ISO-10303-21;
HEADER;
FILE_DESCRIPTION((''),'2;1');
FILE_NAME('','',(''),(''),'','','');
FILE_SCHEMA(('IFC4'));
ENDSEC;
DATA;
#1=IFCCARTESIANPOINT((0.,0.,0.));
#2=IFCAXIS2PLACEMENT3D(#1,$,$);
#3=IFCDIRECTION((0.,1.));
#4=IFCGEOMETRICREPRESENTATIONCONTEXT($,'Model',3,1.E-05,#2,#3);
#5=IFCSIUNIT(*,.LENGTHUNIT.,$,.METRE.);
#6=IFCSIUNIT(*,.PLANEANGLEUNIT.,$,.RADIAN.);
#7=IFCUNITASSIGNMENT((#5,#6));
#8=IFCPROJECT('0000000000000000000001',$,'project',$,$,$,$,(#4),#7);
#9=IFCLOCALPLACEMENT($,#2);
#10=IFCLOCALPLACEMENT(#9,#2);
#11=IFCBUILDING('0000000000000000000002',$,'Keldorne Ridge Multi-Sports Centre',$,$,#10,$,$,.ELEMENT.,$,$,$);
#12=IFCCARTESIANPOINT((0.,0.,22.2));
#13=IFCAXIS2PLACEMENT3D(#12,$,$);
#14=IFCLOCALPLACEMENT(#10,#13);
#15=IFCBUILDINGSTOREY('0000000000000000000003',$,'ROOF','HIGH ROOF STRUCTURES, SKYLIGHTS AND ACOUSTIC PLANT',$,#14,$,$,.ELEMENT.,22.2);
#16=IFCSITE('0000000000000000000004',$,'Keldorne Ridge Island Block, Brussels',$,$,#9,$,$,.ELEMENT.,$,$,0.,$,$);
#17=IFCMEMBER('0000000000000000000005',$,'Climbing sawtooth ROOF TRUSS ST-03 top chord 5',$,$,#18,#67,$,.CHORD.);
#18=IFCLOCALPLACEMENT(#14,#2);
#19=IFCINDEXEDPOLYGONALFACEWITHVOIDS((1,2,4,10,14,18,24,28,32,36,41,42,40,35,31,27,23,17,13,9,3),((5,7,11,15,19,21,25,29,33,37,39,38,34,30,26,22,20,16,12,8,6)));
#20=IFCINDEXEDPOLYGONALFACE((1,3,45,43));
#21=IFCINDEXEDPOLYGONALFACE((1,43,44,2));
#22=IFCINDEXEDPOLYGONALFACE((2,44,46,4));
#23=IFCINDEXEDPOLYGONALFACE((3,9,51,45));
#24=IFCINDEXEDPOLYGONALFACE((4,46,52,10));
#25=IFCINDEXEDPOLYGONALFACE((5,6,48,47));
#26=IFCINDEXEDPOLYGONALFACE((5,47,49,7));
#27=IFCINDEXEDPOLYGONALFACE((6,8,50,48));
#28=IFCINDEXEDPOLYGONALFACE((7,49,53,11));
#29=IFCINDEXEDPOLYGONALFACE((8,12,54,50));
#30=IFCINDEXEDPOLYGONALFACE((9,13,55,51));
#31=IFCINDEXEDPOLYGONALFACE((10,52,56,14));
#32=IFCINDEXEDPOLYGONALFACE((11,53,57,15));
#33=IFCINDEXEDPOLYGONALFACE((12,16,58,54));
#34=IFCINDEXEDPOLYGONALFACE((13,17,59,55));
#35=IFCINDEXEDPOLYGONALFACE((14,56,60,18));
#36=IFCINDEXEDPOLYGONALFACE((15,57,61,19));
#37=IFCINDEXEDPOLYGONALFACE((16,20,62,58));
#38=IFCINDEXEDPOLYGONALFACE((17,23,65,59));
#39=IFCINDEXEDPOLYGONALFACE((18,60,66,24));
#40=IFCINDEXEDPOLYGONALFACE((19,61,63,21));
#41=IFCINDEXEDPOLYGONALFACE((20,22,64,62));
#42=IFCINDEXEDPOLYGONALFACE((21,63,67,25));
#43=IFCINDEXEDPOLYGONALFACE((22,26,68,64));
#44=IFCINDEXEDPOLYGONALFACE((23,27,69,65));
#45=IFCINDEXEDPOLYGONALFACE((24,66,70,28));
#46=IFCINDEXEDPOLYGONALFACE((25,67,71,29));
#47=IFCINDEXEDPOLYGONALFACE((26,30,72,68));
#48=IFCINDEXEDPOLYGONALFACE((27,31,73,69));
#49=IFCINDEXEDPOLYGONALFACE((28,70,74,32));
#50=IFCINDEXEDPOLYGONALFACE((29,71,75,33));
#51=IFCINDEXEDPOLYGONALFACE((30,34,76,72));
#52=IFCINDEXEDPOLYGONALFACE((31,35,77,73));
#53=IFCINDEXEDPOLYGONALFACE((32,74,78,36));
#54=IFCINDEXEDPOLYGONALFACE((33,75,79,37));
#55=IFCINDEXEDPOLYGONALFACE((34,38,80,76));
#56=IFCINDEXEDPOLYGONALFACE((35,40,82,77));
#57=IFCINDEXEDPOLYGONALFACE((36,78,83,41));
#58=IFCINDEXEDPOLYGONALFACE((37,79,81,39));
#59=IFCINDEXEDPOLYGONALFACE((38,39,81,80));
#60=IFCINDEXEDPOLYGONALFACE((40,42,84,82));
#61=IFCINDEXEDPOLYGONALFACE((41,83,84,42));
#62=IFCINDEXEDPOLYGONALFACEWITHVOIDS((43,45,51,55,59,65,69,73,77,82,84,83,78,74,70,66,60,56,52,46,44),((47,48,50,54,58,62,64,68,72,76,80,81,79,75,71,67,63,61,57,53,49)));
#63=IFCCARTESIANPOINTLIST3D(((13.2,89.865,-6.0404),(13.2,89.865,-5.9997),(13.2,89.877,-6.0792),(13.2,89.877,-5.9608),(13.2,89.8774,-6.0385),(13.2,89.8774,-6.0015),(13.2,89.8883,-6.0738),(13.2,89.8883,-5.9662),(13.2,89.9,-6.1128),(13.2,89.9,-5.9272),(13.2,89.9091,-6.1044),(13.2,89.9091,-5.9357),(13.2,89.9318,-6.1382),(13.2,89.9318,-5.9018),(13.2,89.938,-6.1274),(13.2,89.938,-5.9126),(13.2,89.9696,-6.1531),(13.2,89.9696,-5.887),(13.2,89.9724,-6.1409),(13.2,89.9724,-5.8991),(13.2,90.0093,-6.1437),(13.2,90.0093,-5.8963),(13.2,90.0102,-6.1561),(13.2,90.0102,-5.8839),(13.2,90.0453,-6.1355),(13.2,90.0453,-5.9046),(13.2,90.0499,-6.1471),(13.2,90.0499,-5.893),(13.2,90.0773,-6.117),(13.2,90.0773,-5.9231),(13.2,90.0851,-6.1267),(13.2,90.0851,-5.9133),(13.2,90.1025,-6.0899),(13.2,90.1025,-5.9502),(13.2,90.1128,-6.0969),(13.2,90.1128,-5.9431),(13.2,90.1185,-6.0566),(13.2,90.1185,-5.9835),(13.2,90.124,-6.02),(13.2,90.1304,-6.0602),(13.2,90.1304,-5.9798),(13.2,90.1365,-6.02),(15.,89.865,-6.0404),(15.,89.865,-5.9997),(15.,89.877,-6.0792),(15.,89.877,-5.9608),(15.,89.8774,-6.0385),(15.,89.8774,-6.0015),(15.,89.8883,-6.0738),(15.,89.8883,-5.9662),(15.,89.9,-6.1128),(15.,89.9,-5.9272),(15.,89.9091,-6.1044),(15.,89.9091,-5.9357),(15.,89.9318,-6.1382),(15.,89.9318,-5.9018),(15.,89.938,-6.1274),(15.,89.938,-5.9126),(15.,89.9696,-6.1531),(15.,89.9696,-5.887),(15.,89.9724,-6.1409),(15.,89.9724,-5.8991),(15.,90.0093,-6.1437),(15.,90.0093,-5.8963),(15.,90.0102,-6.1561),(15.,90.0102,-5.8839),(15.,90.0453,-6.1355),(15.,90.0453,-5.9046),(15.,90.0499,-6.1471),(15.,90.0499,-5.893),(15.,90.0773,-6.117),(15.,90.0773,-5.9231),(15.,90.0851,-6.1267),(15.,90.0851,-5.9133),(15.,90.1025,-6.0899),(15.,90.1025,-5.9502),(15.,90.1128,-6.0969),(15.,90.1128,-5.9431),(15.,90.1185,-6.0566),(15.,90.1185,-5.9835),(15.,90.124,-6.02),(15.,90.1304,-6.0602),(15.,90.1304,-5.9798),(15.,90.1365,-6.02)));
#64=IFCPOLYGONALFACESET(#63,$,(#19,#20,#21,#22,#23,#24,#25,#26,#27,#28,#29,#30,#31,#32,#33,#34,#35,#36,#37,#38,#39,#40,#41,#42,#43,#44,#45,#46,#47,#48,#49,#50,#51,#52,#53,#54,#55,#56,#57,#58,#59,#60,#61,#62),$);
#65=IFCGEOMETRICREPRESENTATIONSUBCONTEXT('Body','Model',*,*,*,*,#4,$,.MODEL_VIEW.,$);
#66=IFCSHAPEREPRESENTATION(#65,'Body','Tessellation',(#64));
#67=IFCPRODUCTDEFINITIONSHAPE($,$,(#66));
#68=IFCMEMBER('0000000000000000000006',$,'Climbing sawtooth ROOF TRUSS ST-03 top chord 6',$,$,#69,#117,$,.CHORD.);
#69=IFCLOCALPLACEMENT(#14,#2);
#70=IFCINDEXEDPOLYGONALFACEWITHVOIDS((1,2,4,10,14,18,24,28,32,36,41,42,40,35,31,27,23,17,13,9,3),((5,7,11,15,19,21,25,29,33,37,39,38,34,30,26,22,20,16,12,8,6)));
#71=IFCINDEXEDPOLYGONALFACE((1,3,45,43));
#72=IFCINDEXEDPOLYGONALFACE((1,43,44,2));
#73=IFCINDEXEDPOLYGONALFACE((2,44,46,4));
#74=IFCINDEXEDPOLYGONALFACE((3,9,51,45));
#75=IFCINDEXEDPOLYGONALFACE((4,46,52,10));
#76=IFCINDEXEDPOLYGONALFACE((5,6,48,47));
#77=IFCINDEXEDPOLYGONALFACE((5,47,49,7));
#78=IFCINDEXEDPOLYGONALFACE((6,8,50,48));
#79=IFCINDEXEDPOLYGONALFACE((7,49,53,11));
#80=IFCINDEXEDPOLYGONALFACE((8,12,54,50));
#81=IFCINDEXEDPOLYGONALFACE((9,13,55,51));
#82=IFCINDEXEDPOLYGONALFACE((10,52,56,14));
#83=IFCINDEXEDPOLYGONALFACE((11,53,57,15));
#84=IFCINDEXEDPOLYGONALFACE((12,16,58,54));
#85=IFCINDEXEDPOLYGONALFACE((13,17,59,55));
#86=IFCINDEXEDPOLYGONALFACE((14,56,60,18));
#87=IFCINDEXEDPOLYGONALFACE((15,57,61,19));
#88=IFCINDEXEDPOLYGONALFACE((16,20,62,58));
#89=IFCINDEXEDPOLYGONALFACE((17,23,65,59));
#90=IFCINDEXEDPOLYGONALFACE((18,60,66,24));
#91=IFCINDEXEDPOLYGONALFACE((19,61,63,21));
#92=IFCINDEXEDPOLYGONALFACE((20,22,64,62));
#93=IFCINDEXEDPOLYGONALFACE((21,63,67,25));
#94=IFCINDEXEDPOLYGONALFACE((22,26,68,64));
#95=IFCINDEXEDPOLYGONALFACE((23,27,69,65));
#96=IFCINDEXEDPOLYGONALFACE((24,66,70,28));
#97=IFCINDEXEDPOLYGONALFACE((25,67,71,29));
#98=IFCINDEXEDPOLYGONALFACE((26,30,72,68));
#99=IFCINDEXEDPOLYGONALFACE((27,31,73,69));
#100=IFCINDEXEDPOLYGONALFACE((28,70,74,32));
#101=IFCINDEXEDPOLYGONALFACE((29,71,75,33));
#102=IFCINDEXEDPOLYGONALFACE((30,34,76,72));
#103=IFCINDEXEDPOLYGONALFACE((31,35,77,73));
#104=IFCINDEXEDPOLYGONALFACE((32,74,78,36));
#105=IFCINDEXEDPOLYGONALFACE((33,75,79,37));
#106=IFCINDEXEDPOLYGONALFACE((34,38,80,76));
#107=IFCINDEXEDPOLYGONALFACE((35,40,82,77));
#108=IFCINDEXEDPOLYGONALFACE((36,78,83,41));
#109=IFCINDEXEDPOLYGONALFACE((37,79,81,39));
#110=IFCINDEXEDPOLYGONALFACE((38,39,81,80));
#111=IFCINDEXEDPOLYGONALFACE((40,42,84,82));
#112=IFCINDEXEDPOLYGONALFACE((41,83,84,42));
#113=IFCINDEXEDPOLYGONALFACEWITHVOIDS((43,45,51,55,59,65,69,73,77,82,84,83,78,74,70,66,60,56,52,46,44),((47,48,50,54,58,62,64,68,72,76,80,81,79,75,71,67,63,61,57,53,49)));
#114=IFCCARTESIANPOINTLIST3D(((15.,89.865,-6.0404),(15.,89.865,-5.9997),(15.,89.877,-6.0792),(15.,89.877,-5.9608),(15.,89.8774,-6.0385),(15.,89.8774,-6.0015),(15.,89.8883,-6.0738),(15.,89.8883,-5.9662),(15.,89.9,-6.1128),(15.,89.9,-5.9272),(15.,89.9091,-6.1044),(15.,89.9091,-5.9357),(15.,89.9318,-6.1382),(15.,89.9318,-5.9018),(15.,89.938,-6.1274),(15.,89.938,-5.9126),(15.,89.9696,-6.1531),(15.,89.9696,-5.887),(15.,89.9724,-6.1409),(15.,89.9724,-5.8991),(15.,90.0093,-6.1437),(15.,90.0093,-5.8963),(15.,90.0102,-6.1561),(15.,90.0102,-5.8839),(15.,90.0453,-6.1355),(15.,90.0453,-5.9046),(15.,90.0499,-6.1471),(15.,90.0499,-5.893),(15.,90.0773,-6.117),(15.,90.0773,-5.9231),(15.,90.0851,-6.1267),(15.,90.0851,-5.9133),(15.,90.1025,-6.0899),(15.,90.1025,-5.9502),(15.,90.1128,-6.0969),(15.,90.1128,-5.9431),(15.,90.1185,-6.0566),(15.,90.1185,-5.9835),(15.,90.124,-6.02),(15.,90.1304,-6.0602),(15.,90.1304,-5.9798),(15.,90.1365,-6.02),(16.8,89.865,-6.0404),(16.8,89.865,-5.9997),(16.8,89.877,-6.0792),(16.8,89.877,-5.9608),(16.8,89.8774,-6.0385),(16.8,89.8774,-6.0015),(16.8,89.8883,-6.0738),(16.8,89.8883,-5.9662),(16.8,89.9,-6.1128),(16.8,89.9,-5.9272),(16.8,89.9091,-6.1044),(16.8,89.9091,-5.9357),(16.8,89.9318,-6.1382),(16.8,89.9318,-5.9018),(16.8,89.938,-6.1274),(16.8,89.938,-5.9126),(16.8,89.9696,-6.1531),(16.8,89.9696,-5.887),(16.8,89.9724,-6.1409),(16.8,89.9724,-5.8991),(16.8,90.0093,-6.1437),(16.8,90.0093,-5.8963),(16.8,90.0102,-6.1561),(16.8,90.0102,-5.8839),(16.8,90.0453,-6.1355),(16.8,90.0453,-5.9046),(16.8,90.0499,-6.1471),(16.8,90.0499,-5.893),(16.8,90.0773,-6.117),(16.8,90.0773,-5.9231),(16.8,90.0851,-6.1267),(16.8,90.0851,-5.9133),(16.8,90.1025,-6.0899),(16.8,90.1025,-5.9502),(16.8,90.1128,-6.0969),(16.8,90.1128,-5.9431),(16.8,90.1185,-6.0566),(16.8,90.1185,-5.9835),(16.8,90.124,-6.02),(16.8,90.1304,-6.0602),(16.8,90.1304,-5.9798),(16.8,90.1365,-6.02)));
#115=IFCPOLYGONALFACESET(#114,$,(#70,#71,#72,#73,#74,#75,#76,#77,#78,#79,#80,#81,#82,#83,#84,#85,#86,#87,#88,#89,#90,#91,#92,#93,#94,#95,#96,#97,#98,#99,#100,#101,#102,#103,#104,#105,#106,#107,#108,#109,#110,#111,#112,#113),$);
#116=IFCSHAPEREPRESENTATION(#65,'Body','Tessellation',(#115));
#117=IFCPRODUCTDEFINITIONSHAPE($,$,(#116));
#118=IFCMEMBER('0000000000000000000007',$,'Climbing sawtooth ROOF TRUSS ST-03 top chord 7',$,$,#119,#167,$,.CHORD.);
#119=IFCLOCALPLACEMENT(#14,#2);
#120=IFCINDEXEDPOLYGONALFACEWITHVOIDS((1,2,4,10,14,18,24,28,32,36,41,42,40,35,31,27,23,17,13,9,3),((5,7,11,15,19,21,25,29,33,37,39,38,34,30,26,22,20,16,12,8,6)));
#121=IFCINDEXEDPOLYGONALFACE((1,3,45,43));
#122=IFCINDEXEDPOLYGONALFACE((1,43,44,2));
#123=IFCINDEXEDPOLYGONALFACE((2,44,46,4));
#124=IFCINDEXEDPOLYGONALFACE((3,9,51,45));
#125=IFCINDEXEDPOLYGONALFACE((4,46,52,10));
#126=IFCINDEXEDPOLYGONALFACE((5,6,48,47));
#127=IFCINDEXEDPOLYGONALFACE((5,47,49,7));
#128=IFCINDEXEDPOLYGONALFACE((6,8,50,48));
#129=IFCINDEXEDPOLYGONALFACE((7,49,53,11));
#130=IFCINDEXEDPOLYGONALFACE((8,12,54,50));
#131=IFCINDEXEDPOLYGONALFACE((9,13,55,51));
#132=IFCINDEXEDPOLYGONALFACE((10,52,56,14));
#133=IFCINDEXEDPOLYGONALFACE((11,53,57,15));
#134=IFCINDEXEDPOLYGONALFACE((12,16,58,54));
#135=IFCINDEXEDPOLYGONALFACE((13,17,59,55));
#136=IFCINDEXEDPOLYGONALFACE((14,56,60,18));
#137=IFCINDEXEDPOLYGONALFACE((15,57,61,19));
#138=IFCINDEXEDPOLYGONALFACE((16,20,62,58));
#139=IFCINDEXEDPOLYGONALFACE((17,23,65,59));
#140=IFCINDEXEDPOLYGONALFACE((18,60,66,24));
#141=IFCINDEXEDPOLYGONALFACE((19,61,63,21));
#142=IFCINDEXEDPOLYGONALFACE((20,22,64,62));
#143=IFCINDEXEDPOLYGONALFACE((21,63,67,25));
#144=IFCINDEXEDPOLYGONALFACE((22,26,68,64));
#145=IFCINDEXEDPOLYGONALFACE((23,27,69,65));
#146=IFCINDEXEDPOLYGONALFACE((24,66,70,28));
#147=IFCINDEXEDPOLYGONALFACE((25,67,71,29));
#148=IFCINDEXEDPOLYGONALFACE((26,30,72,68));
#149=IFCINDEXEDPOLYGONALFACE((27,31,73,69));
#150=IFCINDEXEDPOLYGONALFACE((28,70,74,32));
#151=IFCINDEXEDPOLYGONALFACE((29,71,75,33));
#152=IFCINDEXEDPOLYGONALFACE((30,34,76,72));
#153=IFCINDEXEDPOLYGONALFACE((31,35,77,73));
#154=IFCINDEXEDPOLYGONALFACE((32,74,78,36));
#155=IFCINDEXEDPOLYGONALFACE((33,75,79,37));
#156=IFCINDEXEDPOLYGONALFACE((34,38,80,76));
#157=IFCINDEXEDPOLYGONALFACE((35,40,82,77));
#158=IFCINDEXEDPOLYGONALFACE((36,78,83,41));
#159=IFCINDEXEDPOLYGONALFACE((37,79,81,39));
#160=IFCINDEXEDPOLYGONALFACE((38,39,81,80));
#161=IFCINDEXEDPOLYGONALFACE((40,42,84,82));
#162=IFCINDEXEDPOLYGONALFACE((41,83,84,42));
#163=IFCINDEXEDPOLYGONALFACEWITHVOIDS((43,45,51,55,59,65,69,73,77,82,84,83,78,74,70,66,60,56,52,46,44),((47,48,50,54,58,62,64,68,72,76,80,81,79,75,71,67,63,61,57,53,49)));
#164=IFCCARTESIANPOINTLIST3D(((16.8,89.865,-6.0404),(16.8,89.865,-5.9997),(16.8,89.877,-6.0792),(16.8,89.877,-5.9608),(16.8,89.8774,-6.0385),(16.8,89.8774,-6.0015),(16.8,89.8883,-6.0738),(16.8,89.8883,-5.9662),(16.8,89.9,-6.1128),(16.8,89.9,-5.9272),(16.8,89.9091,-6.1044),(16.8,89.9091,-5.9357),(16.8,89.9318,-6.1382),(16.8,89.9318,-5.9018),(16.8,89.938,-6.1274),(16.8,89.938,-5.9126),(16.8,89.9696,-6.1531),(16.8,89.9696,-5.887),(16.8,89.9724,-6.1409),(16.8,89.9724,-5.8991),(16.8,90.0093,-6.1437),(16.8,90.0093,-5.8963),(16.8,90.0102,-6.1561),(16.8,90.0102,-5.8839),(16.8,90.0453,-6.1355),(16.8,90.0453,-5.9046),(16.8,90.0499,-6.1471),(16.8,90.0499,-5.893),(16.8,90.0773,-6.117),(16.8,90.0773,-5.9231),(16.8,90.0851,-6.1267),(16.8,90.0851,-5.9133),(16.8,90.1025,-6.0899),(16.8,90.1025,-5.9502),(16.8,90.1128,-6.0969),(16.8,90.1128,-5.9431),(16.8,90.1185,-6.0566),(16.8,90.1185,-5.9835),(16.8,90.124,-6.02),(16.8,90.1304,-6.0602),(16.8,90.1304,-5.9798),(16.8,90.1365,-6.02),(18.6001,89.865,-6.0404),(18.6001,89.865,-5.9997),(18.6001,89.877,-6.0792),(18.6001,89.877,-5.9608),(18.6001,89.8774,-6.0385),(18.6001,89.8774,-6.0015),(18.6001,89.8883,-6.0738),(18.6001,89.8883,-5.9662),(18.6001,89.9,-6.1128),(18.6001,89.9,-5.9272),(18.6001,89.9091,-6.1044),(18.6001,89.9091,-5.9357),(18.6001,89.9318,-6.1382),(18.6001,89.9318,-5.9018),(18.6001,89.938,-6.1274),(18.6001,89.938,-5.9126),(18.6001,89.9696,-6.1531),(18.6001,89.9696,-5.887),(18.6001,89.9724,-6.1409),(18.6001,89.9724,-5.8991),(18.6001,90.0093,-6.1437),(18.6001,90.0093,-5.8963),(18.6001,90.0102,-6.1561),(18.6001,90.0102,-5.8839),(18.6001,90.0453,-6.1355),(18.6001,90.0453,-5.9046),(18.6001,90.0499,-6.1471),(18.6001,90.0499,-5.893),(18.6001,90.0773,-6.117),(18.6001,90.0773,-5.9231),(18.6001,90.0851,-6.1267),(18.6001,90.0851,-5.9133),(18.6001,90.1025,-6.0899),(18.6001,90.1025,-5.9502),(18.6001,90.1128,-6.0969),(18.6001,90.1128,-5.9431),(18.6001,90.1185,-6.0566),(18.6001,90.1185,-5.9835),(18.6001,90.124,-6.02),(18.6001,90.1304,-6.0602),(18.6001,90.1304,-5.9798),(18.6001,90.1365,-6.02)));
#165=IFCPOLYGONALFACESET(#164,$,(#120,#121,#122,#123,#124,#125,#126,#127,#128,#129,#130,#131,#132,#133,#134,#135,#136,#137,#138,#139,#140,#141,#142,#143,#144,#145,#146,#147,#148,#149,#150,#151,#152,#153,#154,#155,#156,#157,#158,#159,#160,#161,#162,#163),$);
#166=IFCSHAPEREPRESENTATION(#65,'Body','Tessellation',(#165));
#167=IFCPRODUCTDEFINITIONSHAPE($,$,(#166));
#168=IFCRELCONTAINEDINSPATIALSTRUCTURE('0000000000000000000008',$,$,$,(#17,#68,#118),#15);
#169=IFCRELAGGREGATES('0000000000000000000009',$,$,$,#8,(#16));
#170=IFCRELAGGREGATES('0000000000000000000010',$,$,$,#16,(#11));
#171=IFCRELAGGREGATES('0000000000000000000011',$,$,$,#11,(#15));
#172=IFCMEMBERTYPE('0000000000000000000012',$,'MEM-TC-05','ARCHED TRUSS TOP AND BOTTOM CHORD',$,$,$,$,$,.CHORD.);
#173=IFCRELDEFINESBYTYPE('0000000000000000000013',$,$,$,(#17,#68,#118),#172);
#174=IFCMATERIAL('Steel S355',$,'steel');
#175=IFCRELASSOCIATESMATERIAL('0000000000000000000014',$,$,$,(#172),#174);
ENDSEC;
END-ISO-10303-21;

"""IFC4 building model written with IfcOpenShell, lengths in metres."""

from ifc_helpers import new_model, si_unit, direction, frame, origin, origin_2d, place, context, subcontext, project, spatial, hollow_circle, extrude, material, material_profile, profile_set, type_object, element, save


model = new_model("IFC4")

# Units and contexts
model_context = context("Model", 3, precision=1e-05, world=origin(), true_north=direction((0.0, 1.0)))
body_context = subcontext(model_context, "Body", "Model", "MODEL_VIEW")
ifc_project = project(units=[si_unit("LENGTHUNIT", "METRE"), si_unit("PLANEANGLEUNIT", "RADIAN")], contexts=[model_context])

# Site, building, storey
site_placement = place(None, origin())
site = spatial("IfcSite", under=ifc_project, at=site_placement, Name="Keldorne Ridge Island Block, Brussels", CompositionType="ELEMENT", RefElevation=0.0)
building_placement = place(site_placement, origin())
building = spatial("IfcBuilding", under=site, at=building_placement, Name="Keldorne Ridge Multi-Sports Centre", CompositionType="ELEMENT")
storey_placement = place(building_placement, frame((0.0, 0.0, 22.2)))
storey = spatial("IfcBuildingStorey", under=building, at=storey_placement, Name="ROOF", Description="HIGH ROOF STRUCTURES, SKYLIGHTS AND ACOUSTIC PLANT", CompositionType="ELEMENT", Elevation=22.2)

# Shared definitions
ifc_material_1 = material(Name="Steel S355", Category="steel")

# Members
ifc_material_profile_1 = material_profile(ifc_material_1, hollow_circle(Radius=0.1365, WallThickness=0.0125, at=origin_2d()), Name="CHS 273x12.5")
ifc_profile_set_1 = profile_set([ifc_material_profile_1], Name="Steel S355")
member_type_1 = type_object("IfcMemberType", Name="MEM-TC-05", Description="ARCHED TRUSS TOP AND BOTTOM CHORD", PredefinedType="CHORD", material=ifc_profile_set_1)
for number, where, z_axis, x_axis, name in (
    (1, (13.2, 90.0, -6.02), (1.0, 0.0, 0.0), (0.0, 1.0, 0.0), "Climbing sawtooth ROOF TRUSS ST-03 top chord 5"),
    (2, (15.0, 90.0, -6.02), (1.0, 0.0, 0.0), (0.0, 1.0, 0.0), "Climbing sawtooth ROOF TRUSS ST-03 top chord 6"),
    (3, (16.8, 90.0, -6.02), (1.0, 0.0, 0.0), (0.0, 1.0, 0.0), "Climbing sawtooth ROOF TRUSS ST-03 top chord 7"),
):
    element("IfcMember", number, at=place(storey_placement, frame(where, z_axis=z_axis, x_axis=x_axis)), inside=storey, type_object=member_type_1, Name=name, PredefinedType="CHORD", context=body_context, shape_type="SweptSolid", body=[
        extrude(hollow_circle(Radius=0.1365, WallThickness=0.0125, at=origin_2d()), origin(), (0.0, 0.0, 1.0), 1.8),
    ])

save(model, "model.ifc")
